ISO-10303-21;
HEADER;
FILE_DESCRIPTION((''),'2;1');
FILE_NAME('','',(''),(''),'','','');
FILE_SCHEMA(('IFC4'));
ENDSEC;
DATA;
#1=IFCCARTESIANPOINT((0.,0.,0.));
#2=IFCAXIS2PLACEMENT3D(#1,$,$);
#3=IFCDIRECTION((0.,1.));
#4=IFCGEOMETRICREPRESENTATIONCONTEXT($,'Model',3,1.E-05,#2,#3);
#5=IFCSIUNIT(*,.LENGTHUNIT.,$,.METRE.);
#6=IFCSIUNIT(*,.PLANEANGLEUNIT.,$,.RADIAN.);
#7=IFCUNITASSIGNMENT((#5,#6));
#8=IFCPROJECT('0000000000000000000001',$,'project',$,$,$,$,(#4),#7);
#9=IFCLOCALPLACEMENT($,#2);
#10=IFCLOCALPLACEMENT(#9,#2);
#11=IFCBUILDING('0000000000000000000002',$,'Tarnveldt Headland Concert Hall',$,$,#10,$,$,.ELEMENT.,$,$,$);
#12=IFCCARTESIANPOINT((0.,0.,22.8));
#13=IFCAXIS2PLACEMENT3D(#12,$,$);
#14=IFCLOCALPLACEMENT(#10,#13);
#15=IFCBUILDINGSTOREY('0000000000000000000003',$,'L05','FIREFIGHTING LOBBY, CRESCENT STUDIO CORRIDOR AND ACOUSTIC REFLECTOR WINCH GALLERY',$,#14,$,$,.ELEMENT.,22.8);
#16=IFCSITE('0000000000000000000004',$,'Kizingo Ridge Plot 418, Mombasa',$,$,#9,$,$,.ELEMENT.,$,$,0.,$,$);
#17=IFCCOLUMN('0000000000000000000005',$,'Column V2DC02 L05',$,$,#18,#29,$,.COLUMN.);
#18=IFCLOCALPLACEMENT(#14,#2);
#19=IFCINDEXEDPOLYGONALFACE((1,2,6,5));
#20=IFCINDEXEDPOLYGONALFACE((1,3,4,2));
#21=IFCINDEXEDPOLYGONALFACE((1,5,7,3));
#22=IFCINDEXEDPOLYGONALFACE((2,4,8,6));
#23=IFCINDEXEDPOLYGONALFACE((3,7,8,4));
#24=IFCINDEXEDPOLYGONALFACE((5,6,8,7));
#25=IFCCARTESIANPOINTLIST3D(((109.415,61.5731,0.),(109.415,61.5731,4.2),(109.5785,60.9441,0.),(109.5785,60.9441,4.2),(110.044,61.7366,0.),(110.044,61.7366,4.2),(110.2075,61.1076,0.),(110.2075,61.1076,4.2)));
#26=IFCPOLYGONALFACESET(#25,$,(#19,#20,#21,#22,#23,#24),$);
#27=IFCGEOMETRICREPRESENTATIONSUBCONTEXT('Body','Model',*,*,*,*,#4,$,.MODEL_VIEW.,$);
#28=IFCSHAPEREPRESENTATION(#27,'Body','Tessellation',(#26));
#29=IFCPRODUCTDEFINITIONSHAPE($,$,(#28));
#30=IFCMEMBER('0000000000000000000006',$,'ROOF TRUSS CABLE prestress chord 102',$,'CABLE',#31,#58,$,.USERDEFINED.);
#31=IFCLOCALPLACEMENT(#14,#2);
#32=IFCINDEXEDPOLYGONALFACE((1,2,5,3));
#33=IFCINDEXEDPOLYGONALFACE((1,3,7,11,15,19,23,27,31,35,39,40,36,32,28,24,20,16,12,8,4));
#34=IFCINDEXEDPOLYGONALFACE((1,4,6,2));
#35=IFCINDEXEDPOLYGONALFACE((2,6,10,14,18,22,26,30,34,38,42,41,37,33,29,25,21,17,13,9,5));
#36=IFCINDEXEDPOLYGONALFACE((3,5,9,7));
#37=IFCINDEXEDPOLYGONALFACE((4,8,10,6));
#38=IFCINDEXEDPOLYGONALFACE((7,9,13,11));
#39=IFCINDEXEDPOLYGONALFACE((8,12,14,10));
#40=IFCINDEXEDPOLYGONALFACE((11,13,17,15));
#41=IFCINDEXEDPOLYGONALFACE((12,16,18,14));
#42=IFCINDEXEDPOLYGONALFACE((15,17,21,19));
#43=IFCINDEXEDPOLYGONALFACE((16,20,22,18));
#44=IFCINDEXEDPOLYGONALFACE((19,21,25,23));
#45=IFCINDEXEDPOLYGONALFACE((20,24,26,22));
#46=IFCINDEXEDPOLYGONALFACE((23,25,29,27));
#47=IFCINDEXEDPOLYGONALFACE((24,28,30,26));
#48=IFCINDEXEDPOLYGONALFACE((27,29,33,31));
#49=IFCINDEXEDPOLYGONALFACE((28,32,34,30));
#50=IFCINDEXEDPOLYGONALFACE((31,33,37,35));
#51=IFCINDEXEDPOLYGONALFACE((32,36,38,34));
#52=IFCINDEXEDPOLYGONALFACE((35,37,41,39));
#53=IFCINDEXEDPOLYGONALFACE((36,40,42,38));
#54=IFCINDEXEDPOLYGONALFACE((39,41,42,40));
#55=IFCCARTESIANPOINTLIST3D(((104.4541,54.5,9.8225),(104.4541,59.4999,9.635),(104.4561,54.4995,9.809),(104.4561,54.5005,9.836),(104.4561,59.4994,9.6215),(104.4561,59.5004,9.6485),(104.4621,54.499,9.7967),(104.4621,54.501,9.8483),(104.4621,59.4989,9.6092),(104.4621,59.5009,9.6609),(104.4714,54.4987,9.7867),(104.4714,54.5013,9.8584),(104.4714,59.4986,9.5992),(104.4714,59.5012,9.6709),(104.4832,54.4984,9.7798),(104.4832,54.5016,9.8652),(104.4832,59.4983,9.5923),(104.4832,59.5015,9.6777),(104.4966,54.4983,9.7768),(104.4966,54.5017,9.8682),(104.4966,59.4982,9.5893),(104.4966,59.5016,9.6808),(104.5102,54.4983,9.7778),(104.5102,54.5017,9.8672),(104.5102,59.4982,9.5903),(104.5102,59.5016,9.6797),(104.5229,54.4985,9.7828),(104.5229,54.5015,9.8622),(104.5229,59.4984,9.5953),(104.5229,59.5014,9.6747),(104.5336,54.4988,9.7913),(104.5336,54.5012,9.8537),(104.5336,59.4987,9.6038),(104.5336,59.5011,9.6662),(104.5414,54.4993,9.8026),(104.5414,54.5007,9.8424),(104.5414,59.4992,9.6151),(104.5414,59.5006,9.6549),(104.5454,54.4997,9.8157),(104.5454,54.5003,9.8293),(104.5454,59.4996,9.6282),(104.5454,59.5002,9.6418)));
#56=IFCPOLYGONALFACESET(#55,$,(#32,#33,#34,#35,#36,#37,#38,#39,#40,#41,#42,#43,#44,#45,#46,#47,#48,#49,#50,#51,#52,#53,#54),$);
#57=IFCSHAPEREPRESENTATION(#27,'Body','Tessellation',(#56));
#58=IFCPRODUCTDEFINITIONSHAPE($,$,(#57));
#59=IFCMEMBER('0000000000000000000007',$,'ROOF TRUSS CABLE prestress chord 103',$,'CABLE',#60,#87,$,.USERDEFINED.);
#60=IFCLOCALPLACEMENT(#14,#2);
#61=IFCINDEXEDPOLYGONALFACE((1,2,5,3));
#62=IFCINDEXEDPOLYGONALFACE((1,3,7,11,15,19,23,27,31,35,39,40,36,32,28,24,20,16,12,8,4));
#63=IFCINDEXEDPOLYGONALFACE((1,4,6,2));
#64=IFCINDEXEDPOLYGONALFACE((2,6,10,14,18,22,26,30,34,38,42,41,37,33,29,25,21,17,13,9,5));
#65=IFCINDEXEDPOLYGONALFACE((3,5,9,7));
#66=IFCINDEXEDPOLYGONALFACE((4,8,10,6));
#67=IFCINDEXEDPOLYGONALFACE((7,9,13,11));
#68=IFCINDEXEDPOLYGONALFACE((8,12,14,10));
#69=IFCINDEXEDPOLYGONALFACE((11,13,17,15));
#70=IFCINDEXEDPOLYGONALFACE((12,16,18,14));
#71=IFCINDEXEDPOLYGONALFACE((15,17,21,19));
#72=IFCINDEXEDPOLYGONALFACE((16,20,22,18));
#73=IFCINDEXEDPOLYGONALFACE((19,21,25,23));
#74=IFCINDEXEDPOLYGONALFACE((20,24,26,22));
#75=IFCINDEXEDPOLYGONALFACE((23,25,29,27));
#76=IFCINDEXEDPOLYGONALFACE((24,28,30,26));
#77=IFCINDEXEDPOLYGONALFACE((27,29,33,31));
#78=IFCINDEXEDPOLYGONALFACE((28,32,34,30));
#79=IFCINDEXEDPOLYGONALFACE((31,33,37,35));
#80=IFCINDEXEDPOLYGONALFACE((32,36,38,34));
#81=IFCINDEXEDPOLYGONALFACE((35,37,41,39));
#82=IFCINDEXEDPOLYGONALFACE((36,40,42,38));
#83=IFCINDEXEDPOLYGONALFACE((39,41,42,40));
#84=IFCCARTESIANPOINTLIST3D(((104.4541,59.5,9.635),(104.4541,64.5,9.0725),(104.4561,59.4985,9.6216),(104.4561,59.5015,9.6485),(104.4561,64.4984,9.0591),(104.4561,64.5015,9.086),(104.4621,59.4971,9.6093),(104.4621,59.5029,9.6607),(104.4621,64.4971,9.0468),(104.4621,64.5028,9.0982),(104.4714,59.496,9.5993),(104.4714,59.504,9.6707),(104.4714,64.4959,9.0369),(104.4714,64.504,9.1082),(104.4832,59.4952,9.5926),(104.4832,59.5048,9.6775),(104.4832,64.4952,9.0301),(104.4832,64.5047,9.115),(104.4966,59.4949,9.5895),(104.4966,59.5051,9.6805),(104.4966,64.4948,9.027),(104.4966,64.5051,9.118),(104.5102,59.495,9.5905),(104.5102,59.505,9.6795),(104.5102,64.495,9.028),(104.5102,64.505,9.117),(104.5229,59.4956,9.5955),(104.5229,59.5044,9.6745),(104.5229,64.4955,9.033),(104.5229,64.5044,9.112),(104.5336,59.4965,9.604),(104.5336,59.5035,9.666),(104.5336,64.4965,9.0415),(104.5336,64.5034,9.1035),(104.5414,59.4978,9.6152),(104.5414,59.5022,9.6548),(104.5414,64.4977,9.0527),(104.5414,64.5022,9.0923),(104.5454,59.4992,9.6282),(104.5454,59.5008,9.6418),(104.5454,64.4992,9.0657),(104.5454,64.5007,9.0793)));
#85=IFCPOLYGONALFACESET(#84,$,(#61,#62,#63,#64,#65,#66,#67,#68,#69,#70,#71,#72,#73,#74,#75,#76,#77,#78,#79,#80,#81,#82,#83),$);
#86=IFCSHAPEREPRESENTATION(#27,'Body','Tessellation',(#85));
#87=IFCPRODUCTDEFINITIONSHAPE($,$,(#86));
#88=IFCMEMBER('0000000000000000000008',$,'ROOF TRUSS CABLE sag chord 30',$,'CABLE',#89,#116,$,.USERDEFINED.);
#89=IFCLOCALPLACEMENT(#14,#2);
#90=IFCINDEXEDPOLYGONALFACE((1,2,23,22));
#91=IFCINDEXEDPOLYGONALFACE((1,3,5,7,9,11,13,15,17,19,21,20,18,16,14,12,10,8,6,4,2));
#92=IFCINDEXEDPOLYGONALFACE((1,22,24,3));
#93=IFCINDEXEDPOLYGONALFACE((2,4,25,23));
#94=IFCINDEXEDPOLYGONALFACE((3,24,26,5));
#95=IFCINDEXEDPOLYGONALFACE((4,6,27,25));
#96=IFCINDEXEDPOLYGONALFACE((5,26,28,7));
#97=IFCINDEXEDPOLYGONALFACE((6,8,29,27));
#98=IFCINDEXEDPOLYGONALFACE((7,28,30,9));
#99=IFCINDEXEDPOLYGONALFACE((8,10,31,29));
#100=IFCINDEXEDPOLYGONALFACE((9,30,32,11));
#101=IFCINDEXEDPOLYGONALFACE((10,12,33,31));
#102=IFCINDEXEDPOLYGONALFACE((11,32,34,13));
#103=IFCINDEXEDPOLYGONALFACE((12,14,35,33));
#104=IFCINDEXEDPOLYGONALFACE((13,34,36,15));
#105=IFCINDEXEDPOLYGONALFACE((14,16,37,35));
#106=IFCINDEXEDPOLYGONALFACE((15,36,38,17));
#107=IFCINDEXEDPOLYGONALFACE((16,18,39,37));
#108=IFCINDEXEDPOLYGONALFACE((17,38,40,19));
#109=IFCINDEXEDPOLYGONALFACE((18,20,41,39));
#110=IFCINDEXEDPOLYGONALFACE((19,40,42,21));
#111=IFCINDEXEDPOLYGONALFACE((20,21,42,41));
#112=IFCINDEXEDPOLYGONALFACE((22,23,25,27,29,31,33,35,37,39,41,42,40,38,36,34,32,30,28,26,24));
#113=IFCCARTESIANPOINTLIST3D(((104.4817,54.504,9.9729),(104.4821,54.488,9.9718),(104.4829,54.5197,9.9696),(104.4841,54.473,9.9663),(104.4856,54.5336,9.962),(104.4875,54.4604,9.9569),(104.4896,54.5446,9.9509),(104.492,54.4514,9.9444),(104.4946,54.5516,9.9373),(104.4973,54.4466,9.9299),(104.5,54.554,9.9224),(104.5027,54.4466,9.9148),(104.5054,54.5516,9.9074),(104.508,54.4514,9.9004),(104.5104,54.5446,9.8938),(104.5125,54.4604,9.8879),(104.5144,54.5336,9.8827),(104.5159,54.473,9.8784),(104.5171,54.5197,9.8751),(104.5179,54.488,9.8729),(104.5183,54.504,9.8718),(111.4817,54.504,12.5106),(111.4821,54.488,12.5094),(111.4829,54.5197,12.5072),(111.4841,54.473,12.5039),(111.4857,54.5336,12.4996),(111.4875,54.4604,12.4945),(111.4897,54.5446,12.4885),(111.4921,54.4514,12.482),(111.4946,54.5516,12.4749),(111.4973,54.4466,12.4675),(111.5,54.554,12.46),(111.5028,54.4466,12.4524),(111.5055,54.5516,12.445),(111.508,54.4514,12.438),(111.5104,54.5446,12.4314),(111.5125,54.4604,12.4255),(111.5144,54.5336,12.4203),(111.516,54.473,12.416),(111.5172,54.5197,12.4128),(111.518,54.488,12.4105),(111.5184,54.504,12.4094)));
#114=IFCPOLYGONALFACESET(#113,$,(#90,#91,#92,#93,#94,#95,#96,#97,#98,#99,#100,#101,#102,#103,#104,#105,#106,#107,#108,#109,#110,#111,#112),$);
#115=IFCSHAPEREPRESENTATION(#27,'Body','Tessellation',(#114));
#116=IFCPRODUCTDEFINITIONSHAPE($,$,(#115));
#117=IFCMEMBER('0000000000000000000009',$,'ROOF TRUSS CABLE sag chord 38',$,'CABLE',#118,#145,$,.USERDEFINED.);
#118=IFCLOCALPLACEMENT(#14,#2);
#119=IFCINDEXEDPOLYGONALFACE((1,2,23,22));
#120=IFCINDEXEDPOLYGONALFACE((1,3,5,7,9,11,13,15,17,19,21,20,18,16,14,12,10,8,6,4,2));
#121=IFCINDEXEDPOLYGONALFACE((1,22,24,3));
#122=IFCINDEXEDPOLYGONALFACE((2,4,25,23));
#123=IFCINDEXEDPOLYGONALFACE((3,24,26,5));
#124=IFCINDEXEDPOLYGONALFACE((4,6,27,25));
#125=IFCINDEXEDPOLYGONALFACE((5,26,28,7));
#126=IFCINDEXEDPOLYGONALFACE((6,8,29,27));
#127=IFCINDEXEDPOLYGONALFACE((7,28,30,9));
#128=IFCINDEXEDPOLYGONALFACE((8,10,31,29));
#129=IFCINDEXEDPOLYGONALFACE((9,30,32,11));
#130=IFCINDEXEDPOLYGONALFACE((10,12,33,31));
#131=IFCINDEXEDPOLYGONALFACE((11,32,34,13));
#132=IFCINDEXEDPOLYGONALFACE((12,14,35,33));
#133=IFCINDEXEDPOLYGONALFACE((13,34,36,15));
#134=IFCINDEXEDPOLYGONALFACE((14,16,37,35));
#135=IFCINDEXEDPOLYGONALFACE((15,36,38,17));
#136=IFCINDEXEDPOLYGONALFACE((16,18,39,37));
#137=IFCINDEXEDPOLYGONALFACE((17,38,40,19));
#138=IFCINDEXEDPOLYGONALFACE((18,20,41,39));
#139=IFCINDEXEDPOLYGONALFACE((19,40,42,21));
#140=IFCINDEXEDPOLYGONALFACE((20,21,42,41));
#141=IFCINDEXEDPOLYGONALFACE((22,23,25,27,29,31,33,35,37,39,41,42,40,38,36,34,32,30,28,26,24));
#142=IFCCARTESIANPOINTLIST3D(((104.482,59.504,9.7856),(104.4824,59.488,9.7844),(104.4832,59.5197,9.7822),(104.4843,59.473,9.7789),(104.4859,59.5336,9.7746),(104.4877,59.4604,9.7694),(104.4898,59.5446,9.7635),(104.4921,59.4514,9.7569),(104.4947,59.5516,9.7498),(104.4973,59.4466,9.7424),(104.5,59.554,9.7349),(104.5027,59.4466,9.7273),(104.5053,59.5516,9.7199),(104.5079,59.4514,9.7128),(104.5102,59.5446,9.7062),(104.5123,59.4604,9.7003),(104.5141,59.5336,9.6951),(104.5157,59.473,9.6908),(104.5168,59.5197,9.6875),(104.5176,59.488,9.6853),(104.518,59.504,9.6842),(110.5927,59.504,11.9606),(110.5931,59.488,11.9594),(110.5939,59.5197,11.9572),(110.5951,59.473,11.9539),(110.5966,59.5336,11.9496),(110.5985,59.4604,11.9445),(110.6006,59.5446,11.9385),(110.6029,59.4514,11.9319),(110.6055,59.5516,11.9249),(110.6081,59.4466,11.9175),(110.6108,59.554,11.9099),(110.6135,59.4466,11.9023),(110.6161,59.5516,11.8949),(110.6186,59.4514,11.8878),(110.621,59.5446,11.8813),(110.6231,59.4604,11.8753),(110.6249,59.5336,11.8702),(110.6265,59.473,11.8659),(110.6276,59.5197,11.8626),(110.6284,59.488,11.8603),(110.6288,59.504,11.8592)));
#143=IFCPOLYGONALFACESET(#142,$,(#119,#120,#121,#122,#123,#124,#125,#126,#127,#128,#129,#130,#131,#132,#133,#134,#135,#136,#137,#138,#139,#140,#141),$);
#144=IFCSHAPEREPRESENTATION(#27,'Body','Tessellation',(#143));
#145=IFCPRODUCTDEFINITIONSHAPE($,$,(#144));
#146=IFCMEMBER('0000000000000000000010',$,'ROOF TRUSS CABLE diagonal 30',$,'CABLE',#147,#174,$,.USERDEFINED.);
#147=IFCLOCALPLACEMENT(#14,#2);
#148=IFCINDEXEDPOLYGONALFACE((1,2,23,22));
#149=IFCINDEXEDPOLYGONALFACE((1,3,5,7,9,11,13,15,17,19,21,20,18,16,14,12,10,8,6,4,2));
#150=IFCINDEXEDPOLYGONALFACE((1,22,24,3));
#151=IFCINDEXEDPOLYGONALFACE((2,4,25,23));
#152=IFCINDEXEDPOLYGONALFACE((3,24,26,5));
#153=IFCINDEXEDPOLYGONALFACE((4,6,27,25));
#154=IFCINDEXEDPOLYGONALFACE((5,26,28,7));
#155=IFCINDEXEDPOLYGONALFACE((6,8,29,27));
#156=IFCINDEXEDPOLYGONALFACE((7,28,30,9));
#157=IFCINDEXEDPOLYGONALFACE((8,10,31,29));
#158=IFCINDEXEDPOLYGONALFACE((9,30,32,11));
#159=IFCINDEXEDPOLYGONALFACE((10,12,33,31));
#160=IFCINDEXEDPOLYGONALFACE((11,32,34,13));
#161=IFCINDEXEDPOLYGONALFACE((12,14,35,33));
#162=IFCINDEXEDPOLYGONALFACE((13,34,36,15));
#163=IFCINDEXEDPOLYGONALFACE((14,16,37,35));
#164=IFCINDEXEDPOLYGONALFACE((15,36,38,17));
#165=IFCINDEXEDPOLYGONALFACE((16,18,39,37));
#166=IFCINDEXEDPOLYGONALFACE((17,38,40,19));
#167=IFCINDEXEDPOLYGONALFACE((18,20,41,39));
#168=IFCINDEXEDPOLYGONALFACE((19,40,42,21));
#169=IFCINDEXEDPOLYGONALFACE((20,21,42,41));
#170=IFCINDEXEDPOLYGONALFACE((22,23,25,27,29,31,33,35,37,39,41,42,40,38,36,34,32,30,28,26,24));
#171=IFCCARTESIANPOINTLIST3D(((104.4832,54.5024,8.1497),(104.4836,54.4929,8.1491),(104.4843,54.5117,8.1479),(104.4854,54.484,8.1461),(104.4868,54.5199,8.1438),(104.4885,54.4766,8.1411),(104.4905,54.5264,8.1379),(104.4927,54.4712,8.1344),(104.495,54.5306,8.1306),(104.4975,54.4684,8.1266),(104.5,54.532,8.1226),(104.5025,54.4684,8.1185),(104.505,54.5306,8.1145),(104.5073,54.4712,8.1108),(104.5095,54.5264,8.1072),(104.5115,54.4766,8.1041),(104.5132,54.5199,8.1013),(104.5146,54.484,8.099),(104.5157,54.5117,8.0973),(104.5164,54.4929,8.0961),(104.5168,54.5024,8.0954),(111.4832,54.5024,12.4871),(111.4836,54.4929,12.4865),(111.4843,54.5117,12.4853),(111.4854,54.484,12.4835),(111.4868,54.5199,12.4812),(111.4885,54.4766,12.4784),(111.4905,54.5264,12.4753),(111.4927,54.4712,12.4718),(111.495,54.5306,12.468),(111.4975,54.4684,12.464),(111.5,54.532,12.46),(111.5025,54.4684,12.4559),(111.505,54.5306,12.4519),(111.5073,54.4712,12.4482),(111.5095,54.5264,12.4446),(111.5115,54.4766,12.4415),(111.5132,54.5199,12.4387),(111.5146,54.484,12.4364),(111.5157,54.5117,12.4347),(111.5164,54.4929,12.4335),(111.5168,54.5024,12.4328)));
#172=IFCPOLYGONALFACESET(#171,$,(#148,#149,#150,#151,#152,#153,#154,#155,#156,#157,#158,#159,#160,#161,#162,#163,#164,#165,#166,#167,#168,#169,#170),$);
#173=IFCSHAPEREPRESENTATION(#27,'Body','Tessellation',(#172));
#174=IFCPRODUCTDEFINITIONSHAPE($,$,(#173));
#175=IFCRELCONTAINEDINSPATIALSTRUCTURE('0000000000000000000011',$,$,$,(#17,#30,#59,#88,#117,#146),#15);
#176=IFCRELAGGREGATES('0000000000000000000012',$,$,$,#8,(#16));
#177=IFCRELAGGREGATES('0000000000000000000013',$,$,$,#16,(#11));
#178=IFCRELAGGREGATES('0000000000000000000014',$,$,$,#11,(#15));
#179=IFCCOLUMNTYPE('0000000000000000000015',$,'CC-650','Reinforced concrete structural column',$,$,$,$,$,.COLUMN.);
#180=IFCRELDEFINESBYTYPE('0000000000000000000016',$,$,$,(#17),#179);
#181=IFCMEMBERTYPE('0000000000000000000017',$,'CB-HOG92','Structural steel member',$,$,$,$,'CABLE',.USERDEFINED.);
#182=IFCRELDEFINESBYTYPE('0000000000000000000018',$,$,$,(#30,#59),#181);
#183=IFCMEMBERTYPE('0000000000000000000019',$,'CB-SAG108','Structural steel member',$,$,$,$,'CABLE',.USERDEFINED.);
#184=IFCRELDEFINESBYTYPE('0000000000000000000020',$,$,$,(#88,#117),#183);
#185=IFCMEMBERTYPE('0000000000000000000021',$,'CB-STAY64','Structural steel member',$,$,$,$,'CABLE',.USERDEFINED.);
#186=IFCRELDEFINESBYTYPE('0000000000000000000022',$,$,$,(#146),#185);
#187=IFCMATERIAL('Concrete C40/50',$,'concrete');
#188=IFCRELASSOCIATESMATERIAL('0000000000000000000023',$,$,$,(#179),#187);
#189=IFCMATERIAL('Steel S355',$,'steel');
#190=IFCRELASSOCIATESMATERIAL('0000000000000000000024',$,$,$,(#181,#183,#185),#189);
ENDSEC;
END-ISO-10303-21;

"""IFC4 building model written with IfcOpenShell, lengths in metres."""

from ifc_helpers import new_model, si_unit, direction, frame, origin, origin_2d, place, context, subcontext, project, spatial, rectangle, circle, extrude, material, material_profile, profile_set, type_object, element, save


model = new_model("IFC4")

# Units and contexts
model_context = context("Model", 3, precision=1e-05, world=origin(), true_north=direction((0.0, 1.0)))
body_context = subcontext(model_context, "Body", "Model", "MODEL_VIEW")
ifc_project = project(units=[si_unit("LENGTHUNIT", "METRE"), si_unit("PLANEANGLEUNIT", "RADIAN")], contexts=[model_context])

# Site, building, storey
site_placement = place(None, origin())
site = spatial("IfcSite", under=ifc_project, at=site_placement, Name="Kizingo Ridge Plot 418, Mombasa", CompositionType="ELEMENT", RefElevation=0.0)
building_placement = place(site_placement, origin())
building = spatial("IfcBuilding", under=site, at=building_placement, Name="Tarnveldt Headland Concert Hall", CompositionType="ELEMENT")
storey_placement = place(building_placement, frame((0.0, 0.0, 22.8)))
storey = spatial("IfcBuildingStorey", under=building, at=storey_placement, Name="L05", Description="FIREFIGHTING LOBBY, CRESCENT STUDIO CORRIDOR AND ACOUSTIC REFLECTOR WINCH GALLERY", CompositionType="ELEMENT", Elevation=22.8)

# Column
ifc_material_1 = material(Name="Concrete C40/50", Category="concrete")
ifc_material_profile_1 = material_profile(ifc_material_1, rectangle(XDim=0.6499, YDim=0.6499, at=origin_2d()), Name="RC 650x650", Category="concrete")
ifc_profile_set_1 = profile_set([ifc_material_profile_1], Name="Concrete C40/50")
column_type = type_object("IfcColumnType", Name="CC-650", Description="Reinforced concrete structural column", PredefinedType="COLUMN", material=ifc_profile_set_1)
column_placement = place(storey_placement, frame((109.8113, 61.3403, 0.0), z_axis=(0.0, 0.0, 1.0), x_axis=(0.967841, 0.251563, 0.0)))
element("IfcColumn", 1, at=column_placement, inside=storey, type_object=column_type, Name="Column V2DC02 L05", PredefinedType="COLUMN", context=body_context, shape_type="SweptSolid", body=[
    extrude(rectangle(XDim=0.6499, YDim=0.6499, at=origin_2d()), origin(), (0.0, 0.0, 1.0), 4.2),
])

# Members
ifc_material_2 = material(Name="Steel S355", Category="steel")
ifc_material_profile_2 = material_profile(ifc_material_2, circle(Radius=0.0459, at=origin_2d()), Name="LC D92", Category="steel")
ifc_profile_set_2 = profile_set([ifc_material_profile_2], Name="Steel S355")
member_type_1 = type_object("IfcMemberType", Name="CB-HOG92", Description="Structural steel member", ElementType="CABLE", PredefinedType="USERDEFINED", material=ifc_profile_set_2)
member_1_placement = place(storey_placement, frame((104.5, 54.5, 9.8225), z_axis=(0.0, 0.999298, -0.037474), x_axis=(-1.0, 0.0, 0.0)))
element("IfcMember", 2, at=member_1_placement, inside=storey, type_object=member_type_1, Name="ROOF TRUSS CABLE prestress chord 102", ObjectType="CABLE", PredefinedType="USERDEFINED", context=body_context, shape_type="SweptSolid", body=[
    extrude(circle(Radius=0.0459, at=origin_2d()), origin(), (0.0, 0.0, 1.0), 5.0034),
])
member_2_placement = place(storey_placement, frame((104.5, 59.5, 9.635), z_axis=(0.0, 0.993731, -0.111795), x_axis=(-1.0, 0.0, 0.0)))
element("IfcMember", 3, at=member_2_placement, inside=storey, type_object=member_type_1, Name="ROOF TRUSS CABLE prestress chord 103", ObjectType="CABLE", PredefinedType="USERDEFINED", context=body_context, shape_type="SweptSolid", body=[
    extrude(circle(Radius=0.0459, at=origin_2d()), origin(), (0.0, 0.0, 1.0), 5.0315),
])
ifc_material_profile_3 = material_profile(ifc_material_2, circle(Radius=0.054, at=origin_2d()), Name="LC D108", Category="steel")
ifc_profile_set_3 = profile_set([ifc_material_profile_3], Name="Steel S355")
member_type_2 = type_object("IfcMemberType", Name="CB-SAG108", Description="Structural steel member", ElementType="CABLE", PredefinedType="USERDEFINED", material=ifc_profile_set_3)
member_3_placement = place(storey_placement, frame((104.5, 54.5, 9.9224), z_axis=(0.940132, 0.0, 0.340811), x_axis=(0.0, 1.0, 0.0)))
element("IfcMember", 4, at=member_3_placement, inside=storey, type_object=member_type_2, Name="ROOF TRUSS CABLE sag chord 30", ObjectType="CABLE", PredefinedType="USERDEFINED", context=body_context, shape_type="SweptSolid", body=[
    extrude(circle(Radius=0.054, at=origin_2d()), origin(), (0.0, 0.0, 1.0), 7.4458),
])
member_4_placement = place(storey_placement, frame((104.5, 59.5, 9.7349), z_axis=(0.942102, 0.0, 0.335325), x_axis=(0.0, 1.0, 0.0)))
element("IfcMember", 5, at=member_4_placement, inside=storey, type_object=member_type_2, Name="ROOF TRUSS CABLE sag chord 38", ObjectType="CABLE", PredefinedType="USERDEFINED", context=body_context, shape_type="SweptSolid", body=[
    extrude(circle(Radius=0.054, at=origin_2d()), origin(), (0.0, 0.0, 1.0), 6.4863),
])
ifc_material_profile_4 = material_profile(ifc_material_2, circle(Radius=0.032, at=origin_2d()), Name="LC D64", Category="steel")
ifc_profile_set_4 = profile_set([ifc_material_profile_4], Name="Steel S355")
member_type_3 = type_object("IfcMemberType", Name="CB-STAY64", Description="Structural steel member", ElementType="CABLE", PredefinedType="USERDEFINED", material=ifc_profile_set_4)
member_5_placement = place(storey_placement, frame((104.5, 54.5, 8.1226), z_axis=(0.850044, 0.0, 0.526712), x_axis=(0.0, 1.0, 0.0)))
element("IfcMember", 6, at=member_5_placement, inside=storey, type_object=member_type_3, Name="ROOF TRUSS CABLE diagonal 30", ObjectType="CABLE", PredefinedType="USERDEFINED", context=body_context, shape_type="SweptSolid", body=[
    extrude(circle(Radius=0.032, at=origin_2d()), origin(), (0.0, 0.0, 1.0), 8.2349),
])

save(model, "model.ifc")
